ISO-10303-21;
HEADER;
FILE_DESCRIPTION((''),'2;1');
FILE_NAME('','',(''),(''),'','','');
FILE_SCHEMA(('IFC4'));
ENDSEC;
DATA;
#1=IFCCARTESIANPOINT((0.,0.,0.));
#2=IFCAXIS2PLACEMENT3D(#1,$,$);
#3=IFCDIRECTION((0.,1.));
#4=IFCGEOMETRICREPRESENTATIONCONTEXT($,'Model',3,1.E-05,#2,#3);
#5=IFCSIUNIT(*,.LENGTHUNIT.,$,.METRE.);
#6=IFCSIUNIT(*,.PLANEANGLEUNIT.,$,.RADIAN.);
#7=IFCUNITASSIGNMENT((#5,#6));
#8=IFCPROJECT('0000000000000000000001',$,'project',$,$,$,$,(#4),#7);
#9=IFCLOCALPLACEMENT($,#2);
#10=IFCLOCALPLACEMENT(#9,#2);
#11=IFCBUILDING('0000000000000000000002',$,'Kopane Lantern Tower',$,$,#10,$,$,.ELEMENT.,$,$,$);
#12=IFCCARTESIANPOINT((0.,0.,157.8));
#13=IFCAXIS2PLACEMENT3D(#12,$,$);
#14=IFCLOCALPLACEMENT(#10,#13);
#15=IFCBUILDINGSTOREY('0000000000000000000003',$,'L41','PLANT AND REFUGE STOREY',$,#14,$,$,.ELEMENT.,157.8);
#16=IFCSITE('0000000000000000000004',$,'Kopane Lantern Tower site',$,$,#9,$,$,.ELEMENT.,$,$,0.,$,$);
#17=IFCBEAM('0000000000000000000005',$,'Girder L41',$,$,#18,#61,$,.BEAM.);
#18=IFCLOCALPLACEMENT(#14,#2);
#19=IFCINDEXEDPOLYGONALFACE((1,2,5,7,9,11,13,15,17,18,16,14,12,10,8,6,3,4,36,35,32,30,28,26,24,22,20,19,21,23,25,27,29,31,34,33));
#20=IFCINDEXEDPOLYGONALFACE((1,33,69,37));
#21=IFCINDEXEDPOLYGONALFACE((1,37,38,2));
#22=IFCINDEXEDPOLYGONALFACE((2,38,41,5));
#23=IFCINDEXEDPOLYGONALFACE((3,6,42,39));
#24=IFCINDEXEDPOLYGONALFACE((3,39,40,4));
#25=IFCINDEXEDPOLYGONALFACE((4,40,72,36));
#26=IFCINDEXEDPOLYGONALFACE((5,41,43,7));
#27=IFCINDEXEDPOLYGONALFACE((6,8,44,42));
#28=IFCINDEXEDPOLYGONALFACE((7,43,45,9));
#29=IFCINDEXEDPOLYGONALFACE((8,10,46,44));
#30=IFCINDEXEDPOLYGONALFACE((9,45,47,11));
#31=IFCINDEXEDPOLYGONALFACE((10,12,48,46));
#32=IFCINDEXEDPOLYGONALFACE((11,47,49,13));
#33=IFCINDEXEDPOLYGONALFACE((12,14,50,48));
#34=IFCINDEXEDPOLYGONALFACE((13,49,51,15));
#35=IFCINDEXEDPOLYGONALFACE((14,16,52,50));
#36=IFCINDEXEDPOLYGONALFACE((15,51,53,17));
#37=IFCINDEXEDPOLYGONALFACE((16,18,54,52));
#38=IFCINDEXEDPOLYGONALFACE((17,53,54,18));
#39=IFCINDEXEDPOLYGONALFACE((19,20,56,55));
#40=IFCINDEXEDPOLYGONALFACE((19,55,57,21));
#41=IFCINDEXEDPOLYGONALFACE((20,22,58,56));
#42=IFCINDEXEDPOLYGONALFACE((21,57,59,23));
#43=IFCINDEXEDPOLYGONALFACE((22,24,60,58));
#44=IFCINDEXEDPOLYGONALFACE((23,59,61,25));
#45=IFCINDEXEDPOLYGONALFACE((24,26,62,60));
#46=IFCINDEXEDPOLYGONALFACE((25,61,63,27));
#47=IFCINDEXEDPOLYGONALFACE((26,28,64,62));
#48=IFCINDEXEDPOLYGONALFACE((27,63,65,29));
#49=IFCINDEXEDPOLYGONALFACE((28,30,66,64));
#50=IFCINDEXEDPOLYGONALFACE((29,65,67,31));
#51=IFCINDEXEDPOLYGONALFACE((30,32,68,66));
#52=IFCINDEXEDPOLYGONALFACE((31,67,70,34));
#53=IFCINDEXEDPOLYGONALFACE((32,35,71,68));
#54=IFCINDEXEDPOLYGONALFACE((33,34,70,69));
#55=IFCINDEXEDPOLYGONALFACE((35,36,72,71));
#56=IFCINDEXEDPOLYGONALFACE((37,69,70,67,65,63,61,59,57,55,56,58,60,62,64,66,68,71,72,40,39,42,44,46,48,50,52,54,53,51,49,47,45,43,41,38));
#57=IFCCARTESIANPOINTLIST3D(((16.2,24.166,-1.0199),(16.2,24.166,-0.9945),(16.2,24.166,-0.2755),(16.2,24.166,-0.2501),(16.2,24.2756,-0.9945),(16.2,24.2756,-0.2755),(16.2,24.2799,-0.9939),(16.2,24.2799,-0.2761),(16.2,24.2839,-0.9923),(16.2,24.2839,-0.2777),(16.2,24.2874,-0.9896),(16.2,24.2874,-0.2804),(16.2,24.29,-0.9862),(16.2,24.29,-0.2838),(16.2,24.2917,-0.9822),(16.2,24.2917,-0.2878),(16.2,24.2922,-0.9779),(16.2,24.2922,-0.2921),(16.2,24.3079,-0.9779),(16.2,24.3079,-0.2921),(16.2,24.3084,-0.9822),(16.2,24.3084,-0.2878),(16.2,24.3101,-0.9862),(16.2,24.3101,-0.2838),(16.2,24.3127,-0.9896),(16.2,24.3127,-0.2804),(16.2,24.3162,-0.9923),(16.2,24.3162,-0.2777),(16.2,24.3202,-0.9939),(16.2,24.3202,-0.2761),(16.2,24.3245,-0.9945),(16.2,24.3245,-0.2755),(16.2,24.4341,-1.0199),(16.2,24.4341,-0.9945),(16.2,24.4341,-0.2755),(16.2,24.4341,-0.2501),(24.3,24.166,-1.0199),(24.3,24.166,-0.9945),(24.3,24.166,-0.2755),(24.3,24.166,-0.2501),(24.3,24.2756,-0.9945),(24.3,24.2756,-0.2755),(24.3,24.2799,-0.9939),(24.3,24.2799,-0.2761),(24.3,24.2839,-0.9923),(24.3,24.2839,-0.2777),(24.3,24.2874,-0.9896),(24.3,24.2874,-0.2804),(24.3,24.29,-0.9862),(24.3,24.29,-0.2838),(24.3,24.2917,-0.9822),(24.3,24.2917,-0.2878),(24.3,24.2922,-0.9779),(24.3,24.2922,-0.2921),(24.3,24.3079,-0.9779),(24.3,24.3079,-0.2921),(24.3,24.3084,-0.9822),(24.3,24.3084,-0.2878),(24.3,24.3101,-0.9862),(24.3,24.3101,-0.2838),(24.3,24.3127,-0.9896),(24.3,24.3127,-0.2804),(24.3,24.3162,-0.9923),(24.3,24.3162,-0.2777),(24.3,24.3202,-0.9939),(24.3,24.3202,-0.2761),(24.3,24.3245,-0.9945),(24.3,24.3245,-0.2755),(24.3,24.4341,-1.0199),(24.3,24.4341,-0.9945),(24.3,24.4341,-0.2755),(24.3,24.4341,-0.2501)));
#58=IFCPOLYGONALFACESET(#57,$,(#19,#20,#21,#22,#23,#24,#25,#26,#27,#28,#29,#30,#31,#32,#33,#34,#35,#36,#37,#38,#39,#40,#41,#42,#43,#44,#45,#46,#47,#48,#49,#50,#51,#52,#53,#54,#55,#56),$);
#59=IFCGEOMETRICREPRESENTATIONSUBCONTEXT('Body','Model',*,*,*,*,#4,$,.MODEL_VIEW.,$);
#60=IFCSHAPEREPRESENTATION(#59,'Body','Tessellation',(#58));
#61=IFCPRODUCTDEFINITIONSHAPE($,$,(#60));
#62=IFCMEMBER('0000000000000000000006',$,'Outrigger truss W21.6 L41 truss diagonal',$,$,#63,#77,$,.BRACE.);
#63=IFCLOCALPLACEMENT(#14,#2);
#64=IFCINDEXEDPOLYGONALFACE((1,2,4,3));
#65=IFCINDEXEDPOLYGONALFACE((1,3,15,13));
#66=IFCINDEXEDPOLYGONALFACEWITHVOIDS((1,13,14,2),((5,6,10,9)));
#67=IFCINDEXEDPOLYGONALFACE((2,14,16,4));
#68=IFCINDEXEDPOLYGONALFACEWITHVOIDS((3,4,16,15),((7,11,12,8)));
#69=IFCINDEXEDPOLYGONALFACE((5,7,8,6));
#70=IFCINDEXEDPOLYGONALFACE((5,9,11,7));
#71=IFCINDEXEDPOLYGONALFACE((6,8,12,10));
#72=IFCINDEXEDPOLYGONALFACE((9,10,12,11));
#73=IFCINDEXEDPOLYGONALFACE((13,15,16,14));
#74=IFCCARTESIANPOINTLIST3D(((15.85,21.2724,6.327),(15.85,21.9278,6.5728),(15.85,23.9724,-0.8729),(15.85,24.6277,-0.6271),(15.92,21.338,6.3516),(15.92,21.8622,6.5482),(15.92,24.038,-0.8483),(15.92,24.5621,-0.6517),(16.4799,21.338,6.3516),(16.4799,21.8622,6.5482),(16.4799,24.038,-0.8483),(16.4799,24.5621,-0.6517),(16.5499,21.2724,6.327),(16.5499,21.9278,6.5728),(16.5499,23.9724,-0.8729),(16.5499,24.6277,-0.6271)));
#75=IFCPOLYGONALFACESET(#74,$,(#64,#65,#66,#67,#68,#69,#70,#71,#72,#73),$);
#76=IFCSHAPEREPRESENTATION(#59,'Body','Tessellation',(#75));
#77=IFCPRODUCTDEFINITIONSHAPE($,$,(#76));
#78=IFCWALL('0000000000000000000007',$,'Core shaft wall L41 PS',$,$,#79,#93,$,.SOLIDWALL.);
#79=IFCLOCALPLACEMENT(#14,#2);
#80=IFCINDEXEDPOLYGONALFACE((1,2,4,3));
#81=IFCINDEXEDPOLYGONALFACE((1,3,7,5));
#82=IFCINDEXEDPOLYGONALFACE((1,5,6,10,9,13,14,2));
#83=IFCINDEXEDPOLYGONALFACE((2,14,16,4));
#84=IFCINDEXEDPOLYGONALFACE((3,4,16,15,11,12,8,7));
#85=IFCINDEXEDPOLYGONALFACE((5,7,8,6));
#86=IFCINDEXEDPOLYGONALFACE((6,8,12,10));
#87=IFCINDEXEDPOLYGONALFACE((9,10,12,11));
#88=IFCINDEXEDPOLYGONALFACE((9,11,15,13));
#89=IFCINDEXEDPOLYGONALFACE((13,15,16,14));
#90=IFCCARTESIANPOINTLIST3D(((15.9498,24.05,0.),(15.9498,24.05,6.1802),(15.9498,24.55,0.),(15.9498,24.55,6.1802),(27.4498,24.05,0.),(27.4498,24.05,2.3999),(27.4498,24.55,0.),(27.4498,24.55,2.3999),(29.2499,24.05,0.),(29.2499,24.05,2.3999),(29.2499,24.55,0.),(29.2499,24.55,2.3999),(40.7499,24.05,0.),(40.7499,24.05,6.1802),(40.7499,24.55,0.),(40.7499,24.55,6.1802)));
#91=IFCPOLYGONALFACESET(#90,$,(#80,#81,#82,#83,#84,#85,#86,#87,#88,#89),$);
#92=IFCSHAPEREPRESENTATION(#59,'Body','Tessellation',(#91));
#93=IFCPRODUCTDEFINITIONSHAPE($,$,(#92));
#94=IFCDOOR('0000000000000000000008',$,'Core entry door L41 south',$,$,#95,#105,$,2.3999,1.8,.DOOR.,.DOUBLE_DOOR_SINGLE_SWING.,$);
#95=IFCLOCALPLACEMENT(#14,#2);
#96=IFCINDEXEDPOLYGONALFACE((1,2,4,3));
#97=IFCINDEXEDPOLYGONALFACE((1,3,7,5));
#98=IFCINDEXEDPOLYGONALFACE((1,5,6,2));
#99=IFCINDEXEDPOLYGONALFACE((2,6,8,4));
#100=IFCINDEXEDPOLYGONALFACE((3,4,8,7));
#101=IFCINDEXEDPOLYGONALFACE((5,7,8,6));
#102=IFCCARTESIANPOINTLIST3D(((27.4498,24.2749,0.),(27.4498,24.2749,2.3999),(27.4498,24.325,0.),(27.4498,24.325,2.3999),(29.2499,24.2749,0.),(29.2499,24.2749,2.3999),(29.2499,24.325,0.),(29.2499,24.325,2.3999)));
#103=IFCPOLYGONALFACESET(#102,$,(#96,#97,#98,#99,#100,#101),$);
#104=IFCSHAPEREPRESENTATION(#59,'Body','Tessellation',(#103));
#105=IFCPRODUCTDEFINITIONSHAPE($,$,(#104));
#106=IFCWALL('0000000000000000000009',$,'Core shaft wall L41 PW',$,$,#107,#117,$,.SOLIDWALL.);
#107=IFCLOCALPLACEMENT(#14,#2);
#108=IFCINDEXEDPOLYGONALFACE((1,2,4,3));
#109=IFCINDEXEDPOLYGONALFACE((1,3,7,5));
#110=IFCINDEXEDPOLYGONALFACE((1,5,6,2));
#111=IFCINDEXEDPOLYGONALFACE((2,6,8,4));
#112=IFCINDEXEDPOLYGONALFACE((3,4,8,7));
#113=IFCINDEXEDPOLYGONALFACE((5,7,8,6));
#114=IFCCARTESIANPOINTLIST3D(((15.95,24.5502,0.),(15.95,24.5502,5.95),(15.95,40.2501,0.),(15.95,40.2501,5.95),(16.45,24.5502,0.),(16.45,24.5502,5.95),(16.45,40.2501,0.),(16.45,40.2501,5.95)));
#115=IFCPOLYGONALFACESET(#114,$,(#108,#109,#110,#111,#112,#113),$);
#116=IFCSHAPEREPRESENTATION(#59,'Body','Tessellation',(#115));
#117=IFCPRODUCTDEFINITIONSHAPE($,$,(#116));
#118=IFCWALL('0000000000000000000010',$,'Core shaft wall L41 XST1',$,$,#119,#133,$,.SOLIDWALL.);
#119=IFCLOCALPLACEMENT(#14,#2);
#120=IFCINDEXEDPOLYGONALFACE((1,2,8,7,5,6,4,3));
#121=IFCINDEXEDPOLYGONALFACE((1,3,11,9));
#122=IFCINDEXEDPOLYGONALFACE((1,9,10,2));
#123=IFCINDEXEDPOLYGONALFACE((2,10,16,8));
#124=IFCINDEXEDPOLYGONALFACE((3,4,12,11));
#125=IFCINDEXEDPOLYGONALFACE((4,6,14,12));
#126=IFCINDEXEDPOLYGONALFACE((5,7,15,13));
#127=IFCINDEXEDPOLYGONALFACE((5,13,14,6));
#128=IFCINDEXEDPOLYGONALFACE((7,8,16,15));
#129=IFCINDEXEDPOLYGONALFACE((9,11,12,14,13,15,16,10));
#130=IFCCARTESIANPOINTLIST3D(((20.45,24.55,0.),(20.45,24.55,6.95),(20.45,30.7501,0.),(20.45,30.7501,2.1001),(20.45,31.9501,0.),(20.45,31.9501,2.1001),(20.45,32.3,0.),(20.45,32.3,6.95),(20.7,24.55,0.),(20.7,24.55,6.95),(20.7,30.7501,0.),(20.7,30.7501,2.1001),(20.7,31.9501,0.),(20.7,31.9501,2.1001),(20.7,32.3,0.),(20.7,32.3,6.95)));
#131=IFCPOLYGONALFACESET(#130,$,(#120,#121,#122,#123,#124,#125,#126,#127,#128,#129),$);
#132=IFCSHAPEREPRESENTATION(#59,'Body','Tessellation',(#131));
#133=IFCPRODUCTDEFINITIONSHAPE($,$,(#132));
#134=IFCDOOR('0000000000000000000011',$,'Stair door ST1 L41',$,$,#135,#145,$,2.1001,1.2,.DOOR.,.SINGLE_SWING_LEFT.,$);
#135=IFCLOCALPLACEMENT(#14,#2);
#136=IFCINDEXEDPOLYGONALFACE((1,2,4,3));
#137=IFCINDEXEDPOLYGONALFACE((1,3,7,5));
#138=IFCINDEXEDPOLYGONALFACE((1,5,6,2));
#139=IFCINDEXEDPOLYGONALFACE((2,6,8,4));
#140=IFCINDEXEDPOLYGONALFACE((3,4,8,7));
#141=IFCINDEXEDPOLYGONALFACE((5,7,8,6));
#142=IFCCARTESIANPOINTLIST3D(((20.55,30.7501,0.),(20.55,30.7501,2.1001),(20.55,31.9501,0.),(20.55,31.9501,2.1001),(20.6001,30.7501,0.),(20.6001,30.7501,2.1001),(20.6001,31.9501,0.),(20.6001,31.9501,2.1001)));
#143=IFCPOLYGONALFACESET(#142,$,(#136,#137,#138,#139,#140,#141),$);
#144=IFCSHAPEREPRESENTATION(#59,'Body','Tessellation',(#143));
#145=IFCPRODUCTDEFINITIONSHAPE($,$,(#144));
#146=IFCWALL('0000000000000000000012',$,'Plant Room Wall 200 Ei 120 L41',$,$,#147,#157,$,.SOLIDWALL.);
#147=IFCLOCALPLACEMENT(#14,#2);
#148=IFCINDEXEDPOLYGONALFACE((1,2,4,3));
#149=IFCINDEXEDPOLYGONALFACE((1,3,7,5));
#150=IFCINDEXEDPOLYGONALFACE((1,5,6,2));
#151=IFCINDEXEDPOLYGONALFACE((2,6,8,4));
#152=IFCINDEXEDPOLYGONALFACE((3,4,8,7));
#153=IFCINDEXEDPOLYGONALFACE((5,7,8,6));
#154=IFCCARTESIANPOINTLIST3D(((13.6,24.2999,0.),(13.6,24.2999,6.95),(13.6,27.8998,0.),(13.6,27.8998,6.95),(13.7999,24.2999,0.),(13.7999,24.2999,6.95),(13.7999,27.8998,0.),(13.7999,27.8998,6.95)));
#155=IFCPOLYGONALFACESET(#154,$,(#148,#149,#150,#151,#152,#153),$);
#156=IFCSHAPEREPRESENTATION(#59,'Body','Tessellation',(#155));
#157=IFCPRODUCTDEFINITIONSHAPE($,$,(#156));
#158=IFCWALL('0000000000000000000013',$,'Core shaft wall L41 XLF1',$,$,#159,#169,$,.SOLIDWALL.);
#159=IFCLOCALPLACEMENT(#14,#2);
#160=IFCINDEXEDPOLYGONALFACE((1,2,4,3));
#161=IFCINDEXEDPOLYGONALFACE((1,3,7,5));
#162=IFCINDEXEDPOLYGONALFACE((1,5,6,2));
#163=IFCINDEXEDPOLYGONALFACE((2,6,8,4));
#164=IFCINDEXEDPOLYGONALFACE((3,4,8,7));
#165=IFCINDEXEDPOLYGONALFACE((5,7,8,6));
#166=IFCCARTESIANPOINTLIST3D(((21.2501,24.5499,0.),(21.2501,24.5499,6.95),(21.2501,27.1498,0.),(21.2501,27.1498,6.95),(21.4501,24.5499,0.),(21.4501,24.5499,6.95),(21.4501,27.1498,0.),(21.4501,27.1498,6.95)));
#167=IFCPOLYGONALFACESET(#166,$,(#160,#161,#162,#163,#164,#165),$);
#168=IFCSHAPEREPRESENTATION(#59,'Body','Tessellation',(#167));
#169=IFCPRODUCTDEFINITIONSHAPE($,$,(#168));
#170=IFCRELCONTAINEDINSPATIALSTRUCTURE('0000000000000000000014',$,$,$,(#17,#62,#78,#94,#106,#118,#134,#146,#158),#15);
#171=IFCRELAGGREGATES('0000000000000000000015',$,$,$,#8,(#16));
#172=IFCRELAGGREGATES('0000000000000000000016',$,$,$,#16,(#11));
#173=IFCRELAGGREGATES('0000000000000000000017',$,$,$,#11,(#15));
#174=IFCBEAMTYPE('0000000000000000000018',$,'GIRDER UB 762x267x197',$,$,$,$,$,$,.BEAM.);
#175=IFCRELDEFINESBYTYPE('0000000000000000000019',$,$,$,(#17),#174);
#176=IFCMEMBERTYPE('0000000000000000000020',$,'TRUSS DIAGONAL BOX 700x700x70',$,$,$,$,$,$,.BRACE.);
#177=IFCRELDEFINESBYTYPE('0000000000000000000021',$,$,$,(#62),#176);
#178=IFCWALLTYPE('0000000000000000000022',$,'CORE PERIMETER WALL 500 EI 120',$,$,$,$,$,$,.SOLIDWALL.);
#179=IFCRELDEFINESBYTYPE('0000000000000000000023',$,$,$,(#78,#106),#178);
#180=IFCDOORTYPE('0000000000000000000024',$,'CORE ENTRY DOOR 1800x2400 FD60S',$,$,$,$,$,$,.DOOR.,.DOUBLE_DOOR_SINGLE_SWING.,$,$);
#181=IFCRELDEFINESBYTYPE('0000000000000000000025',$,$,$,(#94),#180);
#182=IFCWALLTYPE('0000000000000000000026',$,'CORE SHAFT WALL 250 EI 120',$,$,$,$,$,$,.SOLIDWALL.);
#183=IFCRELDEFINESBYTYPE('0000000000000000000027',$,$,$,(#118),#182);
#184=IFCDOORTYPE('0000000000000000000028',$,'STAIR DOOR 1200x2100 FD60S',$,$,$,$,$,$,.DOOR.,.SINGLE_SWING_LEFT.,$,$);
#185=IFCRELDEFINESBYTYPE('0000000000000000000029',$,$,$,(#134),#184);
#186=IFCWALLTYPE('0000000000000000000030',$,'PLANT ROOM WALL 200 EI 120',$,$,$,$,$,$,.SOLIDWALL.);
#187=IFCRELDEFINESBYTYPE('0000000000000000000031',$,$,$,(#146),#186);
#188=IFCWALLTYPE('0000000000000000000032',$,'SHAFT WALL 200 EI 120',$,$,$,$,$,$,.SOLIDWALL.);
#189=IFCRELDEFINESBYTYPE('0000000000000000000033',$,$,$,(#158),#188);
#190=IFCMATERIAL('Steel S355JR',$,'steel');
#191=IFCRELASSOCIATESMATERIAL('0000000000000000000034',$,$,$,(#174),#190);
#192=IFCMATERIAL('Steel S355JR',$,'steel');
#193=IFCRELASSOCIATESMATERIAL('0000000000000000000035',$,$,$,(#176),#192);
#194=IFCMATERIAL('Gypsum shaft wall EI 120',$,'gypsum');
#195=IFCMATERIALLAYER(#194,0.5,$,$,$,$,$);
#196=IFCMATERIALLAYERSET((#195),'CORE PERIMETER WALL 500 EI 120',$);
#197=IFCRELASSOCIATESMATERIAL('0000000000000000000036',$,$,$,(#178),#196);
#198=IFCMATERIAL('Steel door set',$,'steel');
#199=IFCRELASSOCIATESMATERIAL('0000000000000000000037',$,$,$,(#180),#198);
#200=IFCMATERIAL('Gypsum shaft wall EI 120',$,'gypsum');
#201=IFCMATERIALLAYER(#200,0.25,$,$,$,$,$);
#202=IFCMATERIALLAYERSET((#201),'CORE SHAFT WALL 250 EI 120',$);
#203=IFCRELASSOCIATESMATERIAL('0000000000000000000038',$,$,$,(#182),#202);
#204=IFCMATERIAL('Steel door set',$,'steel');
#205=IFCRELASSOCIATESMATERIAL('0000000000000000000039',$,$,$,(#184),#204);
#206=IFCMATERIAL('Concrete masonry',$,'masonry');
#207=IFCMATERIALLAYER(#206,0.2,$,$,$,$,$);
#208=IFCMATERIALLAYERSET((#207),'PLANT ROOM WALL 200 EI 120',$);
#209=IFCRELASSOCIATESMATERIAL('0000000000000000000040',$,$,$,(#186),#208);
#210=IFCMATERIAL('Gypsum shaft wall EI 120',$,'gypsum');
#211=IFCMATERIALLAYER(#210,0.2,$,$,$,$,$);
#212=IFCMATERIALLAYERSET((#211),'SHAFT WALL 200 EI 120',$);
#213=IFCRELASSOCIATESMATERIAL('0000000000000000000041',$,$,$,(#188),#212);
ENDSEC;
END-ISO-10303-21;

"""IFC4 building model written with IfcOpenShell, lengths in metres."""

from ifc_helpers import new_model, si_unit, direction, frame, frame_2d, origin, origin_2d, place, context, subcontext, project, spatial, rectangle, hollow_rectangle, i_section, extrude, material, layer, layer_set, material_profile, profile_set, type_object, element, fill, save


model = new_model("IFC4")

# Units and contexts
model_context = context("Model", 3, precision=1e-05, world=origin(), true_north=direction((0.0, 1.0)))
body_context = subcontext(model_context, "Body", "Model", "MODEL_VIEW")
ifc_project = project(units=[si_unit("LENGTHUNIT", "METRE"), si_unit("PLANEANGLEUNIT", "RADIAN")], contexts=[model_context])

# Site, building, storey
site_placement = place(None, origin())
site = spatial("IfcSite", under=ifc_project, at=site_placement, Name="Kopane Lantern Tower site", CompositionType="ELEMENT", RefElevation=0.0)
building_placement = place(site_placement, origin())
building = spatial("IfcBuilding", under=site, at=building_placement, Name="Kopane Lantern Tower", CompositionType="ELEMENT")
storey_placement = place(building_placement, frame((0.0, 0.0, 157.8)))
storey = spatial("IfcBuildingStorey", under=building, at=storey_placement, Name="L41", Description="PLANT AND REFUGE STOREY", CompositionType="ELEMENT", Elevation=157.8)

# Beam
ifc_material_1 = material(Name="Steel S355JR", Category="steel")
ifc_material_profile_1 = material_profile(ifc_material_1, i_section(OverallWidth=0.2681, OverallDepth=0.7698, WebThickness=0.0156, FlangeThickness=0.0254, FilletRadius=0.0166, at=origin_2d()), Name="UB 762x267x197")
ifc_profile_set_1 = profile_set([ifc_material_profile_1], Name="Steel S355JR")
beam_type_1 = type_object("IfcBeamType", Name="GIRDER UB 762x267x197", PredefinedType="BEAM", material=ifc_profile_set_1)
beam_1_placement = place(storey_placement, frame((16.2, 24.3, -0.635), z_axis=(1.0, 0.0, 0.0), x_axis=(0.0, 1.0, 0.0)))
element("IfcBeam", 1, at=beam_1_placement, inside=storey, type_object=beam_type_1, Name="Girder L41", PredefinedType="BEAM", context=body_context, shape_type="SweptSolid", body=[
    extrude(i_section(OverallWidth=0.2681, OverallDepth=0.7698, WebThickness=0.0156, FlangeThickness=0.0254, FilletRadius=0.0166, at=origin_2d()), origin(), (0.0, 0.0, 1.0), 8.1001),
])

# Member
ifc_material_2 = material(Name="Steel S355JR", Category="steel")
ifc_material_profile_2 = material_profile(ifc_material_2, hollow_rectangle(XDim=0.7, YDim=0.7, WallThickness=0.0701, at=origin_2d()), Name="BOX 700x700x70")
ifc_profile_set_2 = profile_set([ifc_material_profile_2], Name="Steel S355JR")
member_type_1 = type_object("IfcMemberType", Name="TRUSS DIAGONAL BOX 700x700x70", PredefinedType="BRACE", material=ifc_profile_set_2)
member_1_placement = place(storey_placement, frame((16.2, 24.3, -0.75), z_axis=(0.0, -0.35112, 0.93633), x_axis=(1.0, 0.0, 0.0)))
element("IfcMember", 2, at=member_1_placement, inside=storey, type_object=member_type_1, Name="Outrigger truss W21.6 L41 truss diagonal", PredefinedType="BRACE", context=body_context, shape_type="SweptSolid", body=[
    extrude(hollow_rectangle(XDim=0.7, YDim=0.7, WallThickness=0.0701, at=origin_2d()), origin(), (0.0, 0.0, 1.0), 7.6895),
])

# Wall, opening, door
ifc_material_3 = material(Name="Gypsum shaft wall EI 120", Category="gypsum")
ifc_layer_1 = layer(ifc_material_3, 0.5)
ifc_layer_set_1 = layer_set([ifc_layer_1], Name="CORE PERIMETER WALL 500 EI 120")
wall_type_1 = type_object("IfcWallType", Name="CORE PERIMETER WALL 500 EI 120", PredefinedType="SOLIDWALL", material=ifc_layer_set_1)
wall_1_placement = place(storey_placement, frame((15.95, 24.3, 0.0), z_axis=(0.0, 0.0, 1.0), x_axis=(1.0, 0.0, 0.0)))
wall_1 = element("IfcWall", 3, at=wall_1_placement, inside=storey, type_object=wall_type_1, Name="Core shaft wall L41 PS", PredefinedType="SOLIDWALL", context=body_context, shape_type="SweptSolid", body=[
    extrude(rectangle(XDim=24.8, YDim=0.5, at=frame_2d((12.3999, 0.0))), origin(), (0.0, 0.0, 1.0), 6.1802),
])
opening_1_placement = place(wall_1_placement, frame((11.5, 0.0, 0.0)))
opening_1 = element("IfcOpeningElement", 4, at=opening_1_placement, cuts=wall_1, PredefinedType="OPENING", context=body_context, shape_type="SweptSolid", body=[
    extrude(rectangle(XDim=1.8, YDim=2.3999, at=frame_2d((0.8999, 1.2))), frame((0.0, 0.26, 0.0), z_axis=(0.0, -1.0, 0.0), x_axis=(1.0, 0.0, 0.0)), (0.0, 0.0, 1.0), 0.52),
])
ifc_material_4 = material(Name="Steel door set", Category="steel")
door_type_1 = type_object("IfcDoorType", Name="CORE ENTRY DOOR 1800x2400 FD60S", OperationType="DOUBLE_DOOR_SINGLE_SWING", PredefinedType="DOOR", material=ifc_material_4)
door_1_placement = place(opening_1_placement, origin())
door_1 = element("IfcDoor", 5, at=door_1_placement, inside=storey, type_object=door_type_1, Name="Core entry door L41 south", OperationType="DOUBLE_DOOR_SINGLE_SWING", OverallHeight=2.3999, OverallWidth=1.8, PredefinedType="DOOR", context=body_context, shape_type="SweptSolid", body=[
    extrude(rectangle(XDim=1.8, YDim=2.3999, at=frame_2d((0.8999, 1.2))), frame((0.0, 0.0249, 0.0), z_axis=(0.0, -1.0, 0.0), x_axis=(1.0, 0.0, 0.0)), (0.0, 0.0, 1.0), 0.05),
])
fill(opening_1, door_1)

# Wall
wall_2_placement = place(storey_placement, frame((16.2, 24.55, 0.0), z_axis=(0.0, 0.0, 1.0), x_axis=(0.0, 1.0, 0.0)))
element("IfcWall", 6, at=wall_2_placement, inside=storey, type_object=wall_type_1, Name="Core shaft wall L41 PW", PredefinedType="SOLIDWALL", context=body_context, shape_type="SweptSolid", body=[
    extrude(rectangle(XDim=15.7, YDim=0.5, at=frame_2d((7.8501, 0.0))), origin(), (0.0, 0.0, 1.0), 5.95),
])

# Wall, opening, door
ifc_material_5 = material(Name="Gypsum shaft wall EI 120", Category="gypsum")
ifc_layer_2 = layer(ifc_material_5, 0.25)
ifc_layer_set_2 = layer_set([ifc_layer_2], Name="CORE SHAFT WALL 250 EI 120")
wall_type_2 = type_object("IfcWallType", Name="CORE SHAFT WALL 250 EI 120", PredefinedType="SOLIDWALL", material=ifc_layer_set_2)
wall_3_placement = place(storey_placement, frame((20.575, 24.55, 0.0), z_axis=(0.0, 0.0, 1.0), x_axis=(0.0, 1.0, 0.0)))
wall_3 = element("IfcWall", 7, at=wall_3_placement, inside=storey, type_object=wall_type_2, Name="Core shaft wall L41 XST1", PredefinedType="SOLIDWALL", context=body_context, shape_type="SweptSolid", body=[
    extrude(rectangle(XDim=7.75, YDim=0.25, at=frame_2d((3.875, 0.0))), origin(), (0.0, 0.0, 1.0), 6.95),
])
opening_2_placement = place(wall_3_placement, frame((6.2, 0.0, 0.0)))
opening_2 = element("IfcOpeningElement", 8, at=opening_2_placement, cuts=wall_3, PredefinedType="OPENING", context=body_context, shape_type="SweptSolid", body=[
    extrude(rectangle(XDim=1.2, YDim=2.1001, at=frame_2d((0.6001, 1.05))), frame((0.0, 0.135, 0.0), z_axis=(0.0, -1.0, 0.0), x_axis=(1.0, 0.0, 0.0)), (0.0, 0.0, 1.0), 0.27),
])
ifc_material_6 = material(Name="Steel door set", Category="steel")
door_type_2 = type_object("IfcDoorType", Name="STAIR DOOR 1200x2100 FD60S", OperationType="SINGLE_SWING_LEFT", PredefinedType="DOOR", material=ifc_material_6)
door_2_placement = place(opening_2_placement, origin())
door_2 = element("IfcDoor", 9, at=door_2_placement, inside=storey, type_object=door_type_2, Name="Stair door ST1 L41", OperationType="SINGLE_SWING_LEFT", OverallHeight=2.1001, OverallWidth=1.2, PredefinedType="DOOR", context=body_context, shape_type="SweptSolid", body=[
    extrude(rectangle(XDim=1.2, YDim=2.1001, at=frame_2d((0.6001, 1.05))), frame((0.0, 0.0249, 0.0), z_axis=(0.0, -1.0, 0.0), x_axis=(1.0, 0.0, 0.0)), (0.0, 0.0, 1.0), 0.05),
])
fill(opening_2, door_2)

# Walls
ifc_material_7 = material(Name="Concrete masonry", Category="masonry")
ifc_layer_3 = layer(ifc_material_7, 0.2)
ifc_layer_set_3 = layer_set([ifc_layer_3], Name="PLANT ROOM WALL 200 EI 120")
wall_type_3 = type_object("IfcWallType", Name="PLANT ROOM WALL 200 EI 120", PredefinedType="SOLIDWALL", material=ifc_layer_set_3)
wall_4_placement = place(storey_placement, frame((13.7, 24.3, 0.0), z_axis=(0.0, 0.0, 1.0), x_axis=(0.0, 1.0, 0.0)))
element("IfcWall", 10, at=wall_4_placement, inside=storey, type_object=wall_type_3, Name="Plant Room Wall 200 Ei 120 L41", PredefinedType="SOLIDWALL", context=body_context, shape_type="SweptSolid", body=[
    extrude(rectangle(XDim=3.5999, YDim=0.2, at=frame_2d((1.7998, 0.0))), origin(), (0.0, 0.0, 1.0), 6.95),
])
ifc_material_8 = material(Name="Gypsum shaft wall EI 120", Category="gypsum")
ifc_layer_4 = layer(ifc_material_8, 0.2)
ifc_layer_set_4 = layer_set([ifc_layer_4], Name="SHAFT WALL 200 EI 120")
wall_type_4 = type_object("IfcWallType", Name="SHAFT WALL 200 EI 120", PredefinedType="SOLIDWALL", material=ifc_layer_set_4)
wall_5_placement = place(storey_placement, frame((21.3501, 24.55, 0.0), z_axis=(0.0, 0.0, 1.0), x_axis=(0.0, 1.0, 0.0)))
element("IfcWall", 11, at=wall_5_placement, inside=storey, type_object=wall_type_4, Name="Core shaft wall L41 XLF1", PredefinedType="SOLIDWALL", context=body_context, shape_type="SweptSolid", body=[
    extrude(rectangle(XDim=2.5999, YDim=0.2, at=frame_2d((1.2998, 0.0))), origin(), (0.0, 0.0, 1.0), 6.95),
])

save(model, "model.ifc")
